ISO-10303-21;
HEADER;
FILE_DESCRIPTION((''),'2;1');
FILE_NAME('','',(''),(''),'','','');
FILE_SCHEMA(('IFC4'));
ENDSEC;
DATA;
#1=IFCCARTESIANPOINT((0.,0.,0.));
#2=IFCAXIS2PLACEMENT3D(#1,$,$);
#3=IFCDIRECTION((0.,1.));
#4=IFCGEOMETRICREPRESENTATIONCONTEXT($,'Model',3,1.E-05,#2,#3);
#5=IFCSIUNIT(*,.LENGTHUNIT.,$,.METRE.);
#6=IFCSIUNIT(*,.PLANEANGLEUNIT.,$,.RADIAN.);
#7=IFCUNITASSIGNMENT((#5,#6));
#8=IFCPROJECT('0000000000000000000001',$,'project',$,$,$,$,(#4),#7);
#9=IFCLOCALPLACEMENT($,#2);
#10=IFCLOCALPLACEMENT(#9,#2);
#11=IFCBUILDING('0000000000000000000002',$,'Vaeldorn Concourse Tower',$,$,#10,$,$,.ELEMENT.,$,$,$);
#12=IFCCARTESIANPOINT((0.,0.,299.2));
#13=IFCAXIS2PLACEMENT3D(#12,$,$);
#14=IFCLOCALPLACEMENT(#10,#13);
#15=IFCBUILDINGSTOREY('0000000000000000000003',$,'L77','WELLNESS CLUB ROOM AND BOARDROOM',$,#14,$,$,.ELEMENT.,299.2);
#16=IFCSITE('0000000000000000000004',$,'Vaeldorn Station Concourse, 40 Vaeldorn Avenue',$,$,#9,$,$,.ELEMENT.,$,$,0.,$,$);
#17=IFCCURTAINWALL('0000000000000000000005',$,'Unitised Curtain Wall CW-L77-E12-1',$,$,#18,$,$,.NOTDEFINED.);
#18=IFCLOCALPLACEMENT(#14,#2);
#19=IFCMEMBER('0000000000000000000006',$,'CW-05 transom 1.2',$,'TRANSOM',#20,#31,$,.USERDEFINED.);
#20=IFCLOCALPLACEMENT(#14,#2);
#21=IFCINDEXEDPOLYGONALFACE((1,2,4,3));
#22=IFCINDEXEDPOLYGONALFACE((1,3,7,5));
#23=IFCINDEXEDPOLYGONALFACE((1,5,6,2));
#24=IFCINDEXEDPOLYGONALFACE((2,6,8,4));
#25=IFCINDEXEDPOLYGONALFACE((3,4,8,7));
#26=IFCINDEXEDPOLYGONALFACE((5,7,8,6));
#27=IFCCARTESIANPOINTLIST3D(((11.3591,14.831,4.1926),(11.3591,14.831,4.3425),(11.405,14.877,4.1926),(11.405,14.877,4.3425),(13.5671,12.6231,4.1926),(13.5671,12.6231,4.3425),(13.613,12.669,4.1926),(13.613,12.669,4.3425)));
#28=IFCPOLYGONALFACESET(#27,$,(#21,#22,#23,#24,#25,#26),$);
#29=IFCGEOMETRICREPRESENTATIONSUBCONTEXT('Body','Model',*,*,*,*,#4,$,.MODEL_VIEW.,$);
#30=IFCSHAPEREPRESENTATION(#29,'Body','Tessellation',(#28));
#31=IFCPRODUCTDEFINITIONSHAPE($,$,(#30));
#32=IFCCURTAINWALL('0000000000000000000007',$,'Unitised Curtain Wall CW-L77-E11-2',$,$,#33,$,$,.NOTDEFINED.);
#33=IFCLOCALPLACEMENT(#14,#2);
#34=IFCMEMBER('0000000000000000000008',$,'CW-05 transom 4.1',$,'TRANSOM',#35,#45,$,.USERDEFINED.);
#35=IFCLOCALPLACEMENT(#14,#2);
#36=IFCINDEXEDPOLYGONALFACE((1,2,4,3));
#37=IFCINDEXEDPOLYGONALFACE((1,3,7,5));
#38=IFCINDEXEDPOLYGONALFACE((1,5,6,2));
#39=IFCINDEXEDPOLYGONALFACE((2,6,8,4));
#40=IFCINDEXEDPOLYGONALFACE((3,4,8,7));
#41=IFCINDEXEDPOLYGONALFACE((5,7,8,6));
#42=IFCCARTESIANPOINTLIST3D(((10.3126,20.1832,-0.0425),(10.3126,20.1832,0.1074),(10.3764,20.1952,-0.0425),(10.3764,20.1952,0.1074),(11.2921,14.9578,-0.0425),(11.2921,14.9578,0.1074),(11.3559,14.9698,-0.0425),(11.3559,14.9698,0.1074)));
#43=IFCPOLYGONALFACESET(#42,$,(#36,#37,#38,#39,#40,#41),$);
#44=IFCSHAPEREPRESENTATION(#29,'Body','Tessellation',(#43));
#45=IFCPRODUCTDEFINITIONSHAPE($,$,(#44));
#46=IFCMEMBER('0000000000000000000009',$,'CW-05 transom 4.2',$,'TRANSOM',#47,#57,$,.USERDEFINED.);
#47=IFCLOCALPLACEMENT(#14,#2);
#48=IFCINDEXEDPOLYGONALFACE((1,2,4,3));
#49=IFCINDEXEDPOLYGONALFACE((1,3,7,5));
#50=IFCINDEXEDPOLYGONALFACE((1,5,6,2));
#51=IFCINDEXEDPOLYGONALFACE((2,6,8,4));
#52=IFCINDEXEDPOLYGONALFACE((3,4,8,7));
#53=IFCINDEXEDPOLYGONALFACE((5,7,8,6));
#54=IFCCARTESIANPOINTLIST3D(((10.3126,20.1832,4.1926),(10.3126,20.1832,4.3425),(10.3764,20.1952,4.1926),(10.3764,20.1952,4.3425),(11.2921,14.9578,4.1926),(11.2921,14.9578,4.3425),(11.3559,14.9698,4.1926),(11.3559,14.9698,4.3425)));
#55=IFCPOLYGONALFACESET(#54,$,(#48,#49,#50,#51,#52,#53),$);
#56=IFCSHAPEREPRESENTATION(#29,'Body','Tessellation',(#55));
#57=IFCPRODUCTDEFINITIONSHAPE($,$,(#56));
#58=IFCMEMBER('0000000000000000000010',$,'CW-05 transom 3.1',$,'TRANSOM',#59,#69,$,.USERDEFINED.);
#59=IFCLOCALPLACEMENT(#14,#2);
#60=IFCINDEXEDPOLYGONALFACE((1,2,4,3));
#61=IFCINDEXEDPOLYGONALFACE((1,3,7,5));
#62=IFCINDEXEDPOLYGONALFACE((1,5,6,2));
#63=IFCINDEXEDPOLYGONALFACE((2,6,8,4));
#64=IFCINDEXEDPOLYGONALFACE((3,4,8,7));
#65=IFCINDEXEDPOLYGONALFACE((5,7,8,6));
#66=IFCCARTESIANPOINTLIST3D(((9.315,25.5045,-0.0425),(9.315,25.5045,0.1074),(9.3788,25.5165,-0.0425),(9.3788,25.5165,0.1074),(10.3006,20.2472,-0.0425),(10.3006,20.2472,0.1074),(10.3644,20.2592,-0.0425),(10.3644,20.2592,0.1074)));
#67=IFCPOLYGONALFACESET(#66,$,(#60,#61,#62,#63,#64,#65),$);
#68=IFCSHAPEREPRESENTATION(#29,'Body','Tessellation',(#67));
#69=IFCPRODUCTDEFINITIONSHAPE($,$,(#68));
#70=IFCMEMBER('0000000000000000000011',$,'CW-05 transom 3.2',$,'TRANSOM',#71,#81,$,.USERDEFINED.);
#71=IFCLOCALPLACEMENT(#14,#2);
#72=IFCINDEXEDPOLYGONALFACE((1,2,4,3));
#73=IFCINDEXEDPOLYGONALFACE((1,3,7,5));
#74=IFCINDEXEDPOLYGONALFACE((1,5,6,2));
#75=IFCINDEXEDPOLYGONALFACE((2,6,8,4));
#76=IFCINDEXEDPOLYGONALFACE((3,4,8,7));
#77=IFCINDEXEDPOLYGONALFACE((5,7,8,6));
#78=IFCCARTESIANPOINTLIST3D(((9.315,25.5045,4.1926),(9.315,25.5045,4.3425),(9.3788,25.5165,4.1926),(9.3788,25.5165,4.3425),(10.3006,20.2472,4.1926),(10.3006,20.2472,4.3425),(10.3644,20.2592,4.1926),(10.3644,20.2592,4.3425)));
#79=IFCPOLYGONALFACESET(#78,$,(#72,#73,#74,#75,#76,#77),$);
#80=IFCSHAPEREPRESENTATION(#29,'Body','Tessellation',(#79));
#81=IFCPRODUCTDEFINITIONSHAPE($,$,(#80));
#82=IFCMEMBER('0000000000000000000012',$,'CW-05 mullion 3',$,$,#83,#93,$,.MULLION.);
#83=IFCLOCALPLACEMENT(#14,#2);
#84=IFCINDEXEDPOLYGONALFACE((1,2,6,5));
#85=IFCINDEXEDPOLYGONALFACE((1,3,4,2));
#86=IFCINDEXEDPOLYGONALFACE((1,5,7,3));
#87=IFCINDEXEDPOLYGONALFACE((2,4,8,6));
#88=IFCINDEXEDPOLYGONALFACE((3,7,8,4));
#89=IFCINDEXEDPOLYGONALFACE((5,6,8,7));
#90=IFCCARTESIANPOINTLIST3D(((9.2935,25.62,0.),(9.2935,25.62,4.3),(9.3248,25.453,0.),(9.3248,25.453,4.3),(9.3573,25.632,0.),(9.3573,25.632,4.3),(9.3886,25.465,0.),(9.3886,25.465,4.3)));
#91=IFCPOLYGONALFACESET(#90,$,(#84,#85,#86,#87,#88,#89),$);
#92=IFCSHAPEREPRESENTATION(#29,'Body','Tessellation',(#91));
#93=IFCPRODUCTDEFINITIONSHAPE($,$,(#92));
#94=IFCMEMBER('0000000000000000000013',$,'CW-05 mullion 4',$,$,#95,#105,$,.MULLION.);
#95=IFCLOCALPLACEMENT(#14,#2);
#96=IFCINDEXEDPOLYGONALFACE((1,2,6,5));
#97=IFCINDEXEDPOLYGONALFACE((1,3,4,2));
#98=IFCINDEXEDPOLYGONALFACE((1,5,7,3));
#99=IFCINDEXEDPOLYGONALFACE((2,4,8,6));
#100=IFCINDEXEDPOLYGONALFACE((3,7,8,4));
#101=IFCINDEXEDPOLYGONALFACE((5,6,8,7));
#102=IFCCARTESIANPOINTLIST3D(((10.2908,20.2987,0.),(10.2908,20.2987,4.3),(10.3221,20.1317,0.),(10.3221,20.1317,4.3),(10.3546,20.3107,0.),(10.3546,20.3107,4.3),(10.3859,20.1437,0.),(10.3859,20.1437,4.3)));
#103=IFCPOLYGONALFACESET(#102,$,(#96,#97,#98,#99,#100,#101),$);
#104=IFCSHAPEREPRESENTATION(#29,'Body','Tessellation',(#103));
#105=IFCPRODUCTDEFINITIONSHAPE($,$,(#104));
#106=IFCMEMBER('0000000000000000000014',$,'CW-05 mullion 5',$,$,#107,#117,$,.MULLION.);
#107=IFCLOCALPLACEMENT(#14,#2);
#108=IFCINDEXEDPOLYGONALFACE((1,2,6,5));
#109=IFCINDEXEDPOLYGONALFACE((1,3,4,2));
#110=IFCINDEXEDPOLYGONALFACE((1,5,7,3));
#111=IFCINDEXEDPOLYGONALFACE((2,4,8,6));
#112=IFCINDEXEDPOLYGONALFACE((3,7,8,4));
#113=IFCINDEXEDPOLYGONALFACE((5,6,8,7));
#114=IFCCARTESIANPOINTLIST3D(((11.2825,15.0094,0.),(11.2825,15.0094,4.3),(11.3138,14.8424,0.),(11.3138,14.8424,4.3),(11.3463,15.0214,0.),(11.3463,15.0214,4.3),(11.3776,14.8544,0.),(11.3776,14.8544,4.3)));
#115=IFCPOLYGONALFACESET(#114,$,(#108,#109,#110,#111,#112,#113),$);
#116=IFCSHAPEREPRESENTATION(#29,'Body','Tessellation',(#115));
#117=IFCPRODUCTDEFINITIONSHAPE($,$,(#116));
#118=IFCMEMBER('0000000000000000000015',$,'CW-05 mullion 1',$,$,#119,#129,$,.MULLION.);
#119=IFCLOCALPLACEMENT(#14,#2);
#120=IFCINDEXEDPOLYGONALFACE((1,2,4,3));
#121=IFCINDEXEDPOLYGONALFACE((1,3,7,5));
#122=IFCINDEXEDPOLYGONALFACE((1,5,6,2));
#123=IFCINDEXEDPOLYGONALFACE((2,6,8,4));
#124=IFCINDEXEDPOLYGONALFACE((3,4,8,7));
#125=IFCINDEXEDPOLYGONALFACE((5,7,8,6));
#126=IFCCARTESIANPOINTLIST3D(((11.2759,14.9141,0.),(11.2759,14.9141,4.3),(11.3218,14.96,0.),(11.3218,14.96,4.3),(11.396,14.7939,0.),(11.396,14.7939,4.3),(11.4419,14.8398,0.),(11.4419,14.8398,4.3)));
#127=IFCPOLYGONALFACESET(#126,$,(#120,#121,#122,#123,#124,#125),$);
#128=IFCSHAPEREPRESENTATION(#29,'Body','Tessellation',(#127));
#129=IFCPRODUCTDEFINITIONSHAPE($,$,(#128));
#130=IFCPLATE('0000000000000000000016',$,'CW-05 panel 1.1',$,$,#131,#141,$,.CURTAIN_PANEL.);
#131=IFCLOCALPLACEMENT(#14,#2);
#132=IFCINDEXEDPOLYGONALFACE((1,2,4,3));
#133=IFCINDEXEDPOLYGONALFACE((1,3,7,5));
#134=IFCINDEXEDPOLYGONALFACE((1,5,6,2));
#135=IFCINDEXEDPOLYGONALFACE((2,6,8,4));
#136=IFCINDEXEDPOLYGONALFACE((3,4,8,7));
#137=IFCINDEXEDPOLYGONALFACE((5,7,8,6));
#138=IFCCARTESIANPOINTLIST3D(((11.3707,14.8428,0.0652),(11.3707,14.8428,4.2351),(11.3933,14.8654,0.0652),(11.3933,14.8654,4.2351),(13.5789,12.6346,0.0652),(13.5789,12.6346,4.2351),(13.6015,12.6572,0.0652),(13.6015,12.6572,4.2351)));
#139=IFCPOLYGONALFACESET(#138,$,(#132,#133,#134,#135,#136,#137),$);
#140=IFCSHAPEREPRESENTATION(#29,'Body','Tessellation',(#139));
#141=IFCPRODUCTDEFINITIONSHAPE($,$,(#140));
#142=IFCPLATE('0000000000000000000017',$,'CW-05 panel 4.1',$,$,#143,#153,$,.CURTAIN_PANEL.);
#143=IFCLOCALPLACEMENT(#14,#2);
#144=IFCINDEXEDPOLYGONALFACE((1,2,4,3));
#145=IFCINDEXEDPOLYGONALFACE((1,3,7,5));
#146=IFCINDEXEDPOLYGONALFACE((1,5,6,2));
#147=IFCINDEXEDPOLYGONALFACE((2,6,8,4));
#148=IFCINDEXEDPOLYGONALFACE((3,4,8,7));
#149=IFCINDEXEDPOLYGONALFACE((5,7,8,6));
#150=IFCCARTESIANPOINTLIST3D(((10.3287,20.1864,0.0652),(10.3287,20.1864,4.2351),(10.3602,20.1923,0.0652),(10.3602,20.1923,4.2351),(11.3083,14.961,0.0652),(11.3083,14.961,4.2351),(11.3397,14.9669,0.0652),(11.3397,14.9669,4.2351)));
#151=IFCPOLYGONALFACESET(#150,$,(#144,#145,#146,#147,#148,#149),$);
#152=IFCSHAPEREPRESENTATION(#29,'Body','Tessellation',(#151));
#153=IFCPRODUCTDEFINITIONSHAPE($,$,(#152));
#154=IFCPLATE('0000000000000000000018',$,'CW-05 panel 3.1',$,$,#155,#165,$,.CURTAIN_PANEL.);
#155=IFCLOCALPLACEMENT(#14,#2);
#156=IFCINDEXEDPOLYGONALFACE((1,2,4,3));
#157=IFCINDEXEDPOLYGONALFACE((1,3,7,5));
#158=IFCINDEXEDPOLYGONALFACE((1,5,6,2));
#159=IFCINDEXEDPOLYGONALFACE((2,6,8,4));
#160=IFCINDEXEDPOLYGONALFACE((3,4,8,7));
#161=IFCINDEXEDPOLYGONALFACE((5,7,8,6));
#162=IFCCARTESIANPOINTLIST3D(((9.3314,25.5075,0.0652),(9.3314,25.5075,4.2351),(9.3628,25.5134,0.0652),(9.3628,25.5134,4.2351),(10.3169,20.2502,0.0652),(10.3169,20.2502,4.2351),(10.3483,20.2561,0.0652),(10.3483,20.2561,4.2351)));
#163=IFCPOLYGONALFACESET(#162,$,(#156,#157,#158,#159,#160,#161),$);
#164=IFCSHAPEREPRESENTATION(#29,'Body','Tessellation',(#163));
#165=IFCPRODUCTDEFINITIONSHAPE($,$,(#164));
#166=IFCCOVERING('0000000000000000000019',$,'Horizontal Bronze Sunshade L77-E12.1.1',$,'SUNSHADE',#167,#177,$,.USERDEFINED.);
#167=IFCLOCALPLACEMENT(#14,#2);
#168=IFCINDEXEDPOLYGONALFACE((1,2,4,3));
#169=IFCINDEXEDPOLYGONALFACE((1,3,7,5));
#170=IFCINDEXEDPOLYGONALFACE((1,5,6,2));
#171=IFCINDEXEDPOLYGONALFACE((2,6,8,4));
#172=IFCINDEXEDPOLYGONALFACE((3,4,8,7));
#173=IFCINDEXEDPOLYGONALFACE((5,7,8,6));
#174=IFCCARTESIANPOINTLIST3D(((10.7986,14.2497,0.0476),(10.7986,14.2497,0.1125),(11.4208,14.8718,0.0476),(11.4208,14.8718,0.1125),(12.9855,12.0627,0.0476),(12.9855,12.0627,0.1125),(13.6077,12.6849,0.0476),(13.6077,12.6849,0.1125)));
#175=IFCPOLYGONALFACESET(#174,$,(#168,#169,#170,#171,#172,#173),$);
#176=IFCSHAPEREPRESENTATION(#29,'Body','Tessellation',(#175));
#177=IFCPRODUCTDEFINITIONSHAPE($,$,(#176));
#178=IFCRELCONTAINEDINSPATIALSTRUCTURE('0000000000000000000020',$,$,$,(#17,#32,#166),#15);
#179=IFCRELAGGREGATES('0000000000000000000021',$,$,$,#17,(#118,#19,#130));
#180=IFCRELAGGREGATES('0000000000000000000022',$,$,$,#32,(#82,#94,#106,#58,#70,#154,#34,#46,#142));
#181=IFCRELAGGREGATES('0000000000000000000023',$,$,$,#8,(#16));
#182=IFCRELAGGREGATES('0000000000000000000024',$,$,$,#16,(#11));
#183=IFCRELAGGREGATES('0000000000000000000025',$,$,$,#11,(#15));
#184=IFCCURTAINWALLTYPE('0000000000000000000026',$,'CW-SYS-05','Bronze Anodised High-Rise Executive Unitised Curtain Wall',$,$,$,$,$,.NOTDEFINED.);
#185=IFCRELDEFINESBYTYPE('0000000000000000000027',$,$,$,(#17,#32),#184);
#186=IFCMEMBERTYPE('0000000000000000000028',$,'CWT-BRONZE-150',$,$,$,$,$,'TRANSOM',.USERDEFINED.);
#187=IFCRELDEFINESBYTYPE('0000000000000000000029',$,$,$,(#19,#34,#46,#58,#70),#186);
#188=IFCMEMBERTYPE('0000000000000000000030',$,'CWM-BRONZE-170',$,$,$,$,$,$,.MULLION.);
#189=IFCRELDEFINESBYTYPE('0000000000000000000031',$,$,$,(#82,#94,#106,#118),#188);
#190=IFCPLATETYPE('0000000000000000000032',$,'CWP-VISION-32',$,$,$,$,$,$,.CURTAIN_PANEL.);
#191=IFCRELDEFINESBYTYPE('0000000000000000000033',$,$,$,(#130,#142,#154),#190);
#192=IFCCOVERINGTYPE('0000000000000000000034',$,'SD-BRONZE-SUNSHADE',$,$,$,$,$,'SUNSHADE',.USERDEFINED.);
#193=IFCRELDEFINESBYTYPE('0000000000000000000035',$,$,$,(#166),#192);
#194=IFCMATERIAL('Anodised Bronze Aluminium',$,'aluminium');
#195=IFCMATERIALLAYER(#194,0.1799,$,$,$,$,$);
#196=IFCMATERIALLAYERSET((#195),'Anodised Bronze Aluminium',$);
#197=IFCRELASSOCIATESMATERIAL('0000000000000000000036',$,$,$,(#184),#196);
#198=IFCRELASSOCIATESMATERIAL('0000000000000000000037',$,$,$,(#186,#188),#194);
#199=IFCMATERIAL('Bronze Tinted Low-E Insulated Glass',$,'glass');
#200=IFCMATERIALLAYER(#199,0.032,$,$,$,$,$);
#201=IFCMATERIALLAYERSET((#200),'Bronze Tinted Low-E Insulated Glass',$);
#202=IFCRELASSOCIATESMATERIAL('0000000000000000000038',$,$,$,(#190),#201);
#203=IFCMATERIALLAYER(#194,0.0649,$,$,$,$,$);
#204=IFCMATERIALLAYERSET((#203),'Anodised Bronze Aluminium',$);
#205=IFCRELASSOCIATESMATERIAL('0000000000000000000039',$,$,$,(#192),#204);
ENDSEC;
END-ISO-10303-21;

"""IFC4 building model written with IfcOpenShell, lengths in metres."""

from ifc_helpers import new_model, si_unit, direction, frame, origin, origin_2d, place, context, subcontext, project, spatial, rectangle, extrude, source, transform, mapped, material, layer, layer_set, material_profile, profile_set, type_object, element, aggregate, save


model = new_model("IFC4")

# Units and contexts
model_context = context("Model", 3, precision=1e-05, world=origin(), true_north=direction((0.0, 1.0)))
body_context = subcontext(model_context, "Body", "Model", "MODEL_VIEW")
ifc_project = project(units=[si_unit("LENGTHUNIT", "METRE"), si_unit("PLANEANGLEUNIT", "RADIAN")], contexts=[model_context])

# Site, building, storey
site_placement = place(None, origin())
site = spatial("IfcSite", under=ifc_project, at=site_placement, Name="Vaeldorn Station Concourse, 40 Vaeldorn Avenue", CompositionType="ELEMENT", RefElevation=0.0)
building_placement = place(site_placement, origin())
building = spatial("IfcBuilding", under=site, at=building_placement, Name="Vaeldorn Concourse Tower", CompositionType="ELEMENT")
storey_placement = place(building_placement, frame((0.0, 0.0, 299.2)))
storey = spatial("IfcBuildingStorey", under=building, at=storey_placement, Name="L77", Description="WELLNESS CLUB ROOM AND BOARDROOM", CompositionType="ELEMENT", Elevation=299.2)

# Curtain walls, members
ifc_material_1 = material(Name="Anodised Bronze Aluminium", Category="aluminium")
ifc_layer_1 = layer(ifc_material_1, 0.1799)
ifc_layer_set_1 = layer_set([ifc_layer_1], Name="Anodised Bronze Aluminium")
curtain_wall_type = type_object("IfcCurtainWallType", Name="CW-SYS-05", Description="Bronze Anodised High-Rise Executive Unitised Curtain Wall", PredefinedType="NOTDEFINED", material=ifc_layer_set_1)
curtain_wall_1_placement = place(storey_placement, origin())
curtain_wall_1 = element("IfcCurtainWall", 1, at=curtain_wall_1_placement, inside=storey, type_object=curtain_wall_type, Name="Unitised Curtain Wall CW-L77-E12-1", PredefinedType="NOTDEFINED")
ifc_material_profile_1 = material_profile(ifc_material_1, rectangle(XDim=0.0649, YDim=0.1499, at=origin_2d()), Name="CWT 65x150")
ifc_profile_set_1 = profile_set([ifc_material_profile_1], Name="Anodised Bronze Aluminium")
member_type_1 = type_object("IfcMemberType", Name="CWT-BRONZE-150", ElementType="TRANSOM", PredefinedType="USERDEFINED", material=ifc_profile_set_1)
shared_shape_1 = source(origin(), body_context, "Body", "SweptSolid", [
    extrude(rectangle(XDim=0.0649, YDim=0.1499, at=origin_2d()), origin(), (0.0, 0.0, 1.0), 3.1226),
])
member_1_placement = place(storey_placement, frame((11.3821, 14.854, 4.2676), z_axis=(0.707107, -0.707107, 0.0), x_axis=(0.707107, 0.707107, 0.0)))
member_1 = element("IfcMember", 2, at=member_1_placement, type_object=member_type_1, Name="CW-05 transom 1.2", ObjectType="TRANSOM", PredefinedType="USERDEFINED", context=body_context, shape_type="MappedRepresentation", body=[
    mapped(shared_shape_1, transform((0.0, 0.0, 0.0), scale=1.0)),
])
curtain_wall_2_placement = place(storey_placement, origin())
curtain_wall_2 = element("IfcCurtainWall", 3, at=curtain_wall_2_placement, inside=storey, type_object=curtain_wall_type, Name="Unitised Curtain Wall CW-L77-E11-2", PredefinedType="NOTDEFINED")
shared_shape_2 = source(origin(), body_context, "Body", "SweptSolid", [
    extrude(rectangle(XDim=0.0649, YDim=0.1499, at=origin_2d()), origin(), (0.0, 0.0, 1.0), 5.3164),
])
member_2_placement = place(storey_placement, frame((10.3445, 20.1892, 0.0325), z_axis=(0.184241, -0.982881, 0.0), x_axis=(0.982881, 0.184241, 0.0)))
member_2 = element("IfcMember", 4, at=member_2_placement, type_object=member_type_1, Name="CW-05 transom 4.1", ObjectType="TRANSOM", PredefinedType="USERDEFINED", context=body_context, shape_type="MappedRepresentation", body=[
    mapped(shared_shape_2, transform((0.0, 0.0, 0.0), scale=1.0)),
])
member_3_placement = place(storey_placement, frame((10.3445, 20.1892, 4.2676), z_axis=(0.184241, -0.982881, 0.0), x_axis=(0.982881, 0.184241, 0.0)))
member_3 = element("IfcMember", 5, at=member_3_placement, type_object=member_type_1, Name="CW-05 transom 4.2", ObjectType="TRANSOM", PredefinedType="USERDEFINED", context=body_context, shape_type="MappedRepresentation", body=[
    mapped(shared_shape_2, transform((0.0, 0.0, 0.0), scale=1.0)),
])
shared_shape_3 = source(origin(), body_context, "Body", "SweptSolid", [
    extrude(rectangle(XDim=0.0649, YDim=0.1499, at=origin_2d()), origin(), (0.0, 0.0, 1.0), 5.3489),
])
member_4_placement = place(storey_placement, frame((9.3469, 25.5105, 0.0325), z_axis=(0.184261, -0.982877, 0.0), x_axis=(0.982877, 0.184261, 0.0)))
member_4 = element("IfcMember", 6, at=member_4_placement, type_object=member_type_1, Name="CW-05 transom 3.1", ObjectType="TRANSOM", PredefinedType="USERDEFINED", context=body_context, shape_type="MappedRepresentation", body=[
    mapped(shared_shape_3, transform((0.0, 0.0, 0.0), scale=1.0)),
])
member_5_placement = place(storey_placement, frame((9.3469, 25.5105, 4.2676), z_axis=(0.184261, -0.982877, 0.0), x_axis=(0.982877, 0.184261, 0.0)))
member_5 = element("IfcMember", 7, at=member_5_placement, type_object=member_type_1, Name="CW-05 transom 3.2", ObjectType="TRANSOM", PredefinedType="USERDEFINED", context=body_context, shape_type="MappedRepresentation", body=[
    mapped(shared_shape_3, transform((0.0, 0.0, 0.0), scale=1.0)),
])
ifc_material_profile_2 = material_profile(ifc_material_1, rectangle(XDim=0.0649, YDim=0.1699, at=origin_2d()), Name="CWM 65x170")
ifc_profile_set_2 = profile_set([ifc_material_profile_2], Name="Anodised Bronze Aluminium")
member_type_2 = type_object("IfcMemberType", Name="CWM-BRONZE-170", PredefinedType="MULLION", material=ifc_profile_set_2)
shared_shape_4 = source(origin(), body_context, "Body", "SweptSolid", [
    extrude(rectangle(XDim=0.0649, YDim=0.1699, at=origin_2d()), origin(), (0.0, 0.0, 1.0), 4.3),
])
member_6_placement = place(storey_placement, frame((9.3411, 25.5425, 0.0), z_axis=(0.0, 0.0, 1.0), x_axis=(0.98288, 0.184247, 0.0)))
member_6 = element("IfcMember", 8, at=member_6_placement, type_object=member_type_2, Name="CW-05 mullion 3", PredefinedType="MULLION", context=body_context, shape_type="MappedRepresentation", body=[
    mapped(shared_shape_4, transform((0.0, 0.0, 0.0), scale=1.0)),
])
member_7_placement = place(storey_placement, frame((10.3384, 20.2212, 0.0), z_axis=(0.0, 0.0, 1.0), x_axis=(0.98288, 0.184247, 0.0)))
member_7 = element("IfcMember", 9, at=member_7_placement, type_object=member_type_2, Name="CW-05 mullion 4", PredefinedType="MULLION", context=body_context, shape_type="MappedRepresentation", body=[
    mapped(shared_shape_4, transform((0.0, 0.0, 0.0), scale=1.0)),
])
member_8_placement = place(storey_placement, frame((11.3301, 14.9319, 0.0), z_axis=(0.0, 0.0, 1.0), x_axis=(0.98288, 0.184247, 0.0)))
member_8 = element("IfcMember", 10, at=member_8_placement, type_object=member_type_2, Name="CW-05 mullion 5", PredefinedType="MULLION", context=body_context, shape_type="MappedRepresentation", body=[
    mapped(shared_shape_4, transform((0.0, 0.0, 0.0), scale=1.0)),
])

# Member
member_9_placement = place(storey_placement, frame((11.3589, 14.877, 0.0), z_axis=(0.0, 0.0, 1.0), x_axis=(0.707107, 0.707107, 0.0)))
member_9 = element("IfcMember", 11, at=member_9_placement, type_object=member_type_2, Name="CW-05 mullion 1", PredefinedType="MULLION", context=body_context, shape_type="MappedRepresentation", body=[
    mapped(shared_shape_4, transform((0.0, 0.0, 0.0), scale=1.0)),
])

# Plates
ifc_material_2 = material(Name="Bronze Tinted Low-E Insulated Glass", Category="glass")
ifc_layer_2 = layer(ifc_material_2, 0.032)
ifc_layer_set_2 = layer_set([ifc_layer_2], Name="Bronze Tinted Low-E Insulated Glass")
plate_type = type_object("IfcPlateType", Name="CWP-VISION-32", PredefinedType="CURTAIN_PANEL", material=ifc_layer_set_2)
shared_shape_5 = source(origin(), body_context, "Body", "SweptSolid", [
    extrude(rectangle(XDim=3.1228, YDim=0.032, at=origin_2d()), origin(), (0.0, 0.0, 1.0), 4.1699),
])
plate_1_placement = place(storey_placement, frame((12.4861, 13.75, 0.0652), z_axis=(0.0, 0.0, 1.0), x_axis=(0.707107, -0.707107, 0.0)))
plate_1 = element("IfcPlate", 12, at=plate_1_placement, type_object=plate_type, Name="CW-05 panel 1.1", PredefinedType="CURTAIN_PANEL", context=body_context, shape_type="MappedRepresentation", body=[
    mapped(shared_shape_5, transform((0.0, 0.0, 0.0), scale=1.0)),
])
aggregate(curtain_wall_1, [member_9, member_1, plate_1])
shared_shape_6 = source(origin(), body_context, "Body", "SweptSolid", [
    extrude(rectangle(XDim=5.3164, YDim=0.032, at=origin_2d()), origin(), (0.0, 0.0, 1.0), 4.1699),
])
plate_2_placement = place(storey_placement, frame((10.8342, 17.5767, 0.0652), z_axis=(0.0, 0.0, 1.0), x_axis=(0.184247, -0.98288, 0.0)))
plate_2 = element("IfcPlate", 13, at=plate_2_placement, type_object=plate_type, Name="CW-05 panel 4.1", PredefinedType="CURTAIN_PANEL", context=body_context, shape_type="MappedRepresentation", body=[
    mapped(shared_shape_6, transform((0.0, 0.0, 0.0), scale=1.0)),
])
shared_shape_7 = source(origin(), body_context, "Body", "SweptSolid", [
    extrude(rectangle(XDim=5.3489, YDim=0.032, at=origin_2d()), origin(), (0.0, 0.0, 1.0), 4.1699),
])
plate_3_placement = place(storey_placement, frame((9.8398, 22.8818, 0.0652), z_axis=(0.0, 0.0, 1.0), x_axis=(0.184247, -0.98288, 0.0)))
plate_3 = element("IfcPlate", 14, at=plate_3_placement, type_object=plate_type, Name="CW-05 panel 3.1", PredefinedType="CURTAIN_PANEL", context=body_context, shape_type="MappedRepresentation", body=[
    mapped(shared_shape_7, transform((0.0, 0.0, 0.0), scale=1.0)),
])
aggregate(curtain_wall_2, [member_6, member_7, member_8, member_4, member_5, plate_3, member_2, member_3, plate_2])

# Covering
ifc_layer_3 = layer(ifc_material_1, 0.0649)
ifc_layer_set_3 = layer_set([ifc_layer_3], Name="Anodised Bronze Aluminium")
covering_type = type_object("IfcCoveringType", Name="SD-BRONZE-SUNSHADE", ElementType="SUNSHADE", PredefinedType="USERDEFINED", material=ifc_layer_set_3)
shared_shape_8 = source(origin(), body_context, "Body", "SweptSolid", [
    extrude(rectangle(XDim=3.0928, YDim=0.8799, at=origin_2d()), origin(), (0.0, 0.0, 1.0), 0.0649),
])
for number, where, z_axis, x_axis, name in (
    (15, (12.2031, 13.4673, 0.0476), (0.0, 0.0, 1.0), (0.707107, -0.707107, 0.0), "Horizontal Bronze Sunshade L77-E12.1.1"),
):
    element("IfcCovering", number, at=place(storey_placement, frame(where, z_axis=z_axis, x_axis=x_axis)), inside=storey, type_object=covering_type, Name=name, ObjectType="SUNSHADE", PredefinedType="USERDEFINED", context=body_context, shape_type="MappedRepresentation", body=[
        mapped(shared_shape_8, transform((0.0, 0.0, 0.0), scale=1.0)),
    ])

save(model, "model.ifc")
